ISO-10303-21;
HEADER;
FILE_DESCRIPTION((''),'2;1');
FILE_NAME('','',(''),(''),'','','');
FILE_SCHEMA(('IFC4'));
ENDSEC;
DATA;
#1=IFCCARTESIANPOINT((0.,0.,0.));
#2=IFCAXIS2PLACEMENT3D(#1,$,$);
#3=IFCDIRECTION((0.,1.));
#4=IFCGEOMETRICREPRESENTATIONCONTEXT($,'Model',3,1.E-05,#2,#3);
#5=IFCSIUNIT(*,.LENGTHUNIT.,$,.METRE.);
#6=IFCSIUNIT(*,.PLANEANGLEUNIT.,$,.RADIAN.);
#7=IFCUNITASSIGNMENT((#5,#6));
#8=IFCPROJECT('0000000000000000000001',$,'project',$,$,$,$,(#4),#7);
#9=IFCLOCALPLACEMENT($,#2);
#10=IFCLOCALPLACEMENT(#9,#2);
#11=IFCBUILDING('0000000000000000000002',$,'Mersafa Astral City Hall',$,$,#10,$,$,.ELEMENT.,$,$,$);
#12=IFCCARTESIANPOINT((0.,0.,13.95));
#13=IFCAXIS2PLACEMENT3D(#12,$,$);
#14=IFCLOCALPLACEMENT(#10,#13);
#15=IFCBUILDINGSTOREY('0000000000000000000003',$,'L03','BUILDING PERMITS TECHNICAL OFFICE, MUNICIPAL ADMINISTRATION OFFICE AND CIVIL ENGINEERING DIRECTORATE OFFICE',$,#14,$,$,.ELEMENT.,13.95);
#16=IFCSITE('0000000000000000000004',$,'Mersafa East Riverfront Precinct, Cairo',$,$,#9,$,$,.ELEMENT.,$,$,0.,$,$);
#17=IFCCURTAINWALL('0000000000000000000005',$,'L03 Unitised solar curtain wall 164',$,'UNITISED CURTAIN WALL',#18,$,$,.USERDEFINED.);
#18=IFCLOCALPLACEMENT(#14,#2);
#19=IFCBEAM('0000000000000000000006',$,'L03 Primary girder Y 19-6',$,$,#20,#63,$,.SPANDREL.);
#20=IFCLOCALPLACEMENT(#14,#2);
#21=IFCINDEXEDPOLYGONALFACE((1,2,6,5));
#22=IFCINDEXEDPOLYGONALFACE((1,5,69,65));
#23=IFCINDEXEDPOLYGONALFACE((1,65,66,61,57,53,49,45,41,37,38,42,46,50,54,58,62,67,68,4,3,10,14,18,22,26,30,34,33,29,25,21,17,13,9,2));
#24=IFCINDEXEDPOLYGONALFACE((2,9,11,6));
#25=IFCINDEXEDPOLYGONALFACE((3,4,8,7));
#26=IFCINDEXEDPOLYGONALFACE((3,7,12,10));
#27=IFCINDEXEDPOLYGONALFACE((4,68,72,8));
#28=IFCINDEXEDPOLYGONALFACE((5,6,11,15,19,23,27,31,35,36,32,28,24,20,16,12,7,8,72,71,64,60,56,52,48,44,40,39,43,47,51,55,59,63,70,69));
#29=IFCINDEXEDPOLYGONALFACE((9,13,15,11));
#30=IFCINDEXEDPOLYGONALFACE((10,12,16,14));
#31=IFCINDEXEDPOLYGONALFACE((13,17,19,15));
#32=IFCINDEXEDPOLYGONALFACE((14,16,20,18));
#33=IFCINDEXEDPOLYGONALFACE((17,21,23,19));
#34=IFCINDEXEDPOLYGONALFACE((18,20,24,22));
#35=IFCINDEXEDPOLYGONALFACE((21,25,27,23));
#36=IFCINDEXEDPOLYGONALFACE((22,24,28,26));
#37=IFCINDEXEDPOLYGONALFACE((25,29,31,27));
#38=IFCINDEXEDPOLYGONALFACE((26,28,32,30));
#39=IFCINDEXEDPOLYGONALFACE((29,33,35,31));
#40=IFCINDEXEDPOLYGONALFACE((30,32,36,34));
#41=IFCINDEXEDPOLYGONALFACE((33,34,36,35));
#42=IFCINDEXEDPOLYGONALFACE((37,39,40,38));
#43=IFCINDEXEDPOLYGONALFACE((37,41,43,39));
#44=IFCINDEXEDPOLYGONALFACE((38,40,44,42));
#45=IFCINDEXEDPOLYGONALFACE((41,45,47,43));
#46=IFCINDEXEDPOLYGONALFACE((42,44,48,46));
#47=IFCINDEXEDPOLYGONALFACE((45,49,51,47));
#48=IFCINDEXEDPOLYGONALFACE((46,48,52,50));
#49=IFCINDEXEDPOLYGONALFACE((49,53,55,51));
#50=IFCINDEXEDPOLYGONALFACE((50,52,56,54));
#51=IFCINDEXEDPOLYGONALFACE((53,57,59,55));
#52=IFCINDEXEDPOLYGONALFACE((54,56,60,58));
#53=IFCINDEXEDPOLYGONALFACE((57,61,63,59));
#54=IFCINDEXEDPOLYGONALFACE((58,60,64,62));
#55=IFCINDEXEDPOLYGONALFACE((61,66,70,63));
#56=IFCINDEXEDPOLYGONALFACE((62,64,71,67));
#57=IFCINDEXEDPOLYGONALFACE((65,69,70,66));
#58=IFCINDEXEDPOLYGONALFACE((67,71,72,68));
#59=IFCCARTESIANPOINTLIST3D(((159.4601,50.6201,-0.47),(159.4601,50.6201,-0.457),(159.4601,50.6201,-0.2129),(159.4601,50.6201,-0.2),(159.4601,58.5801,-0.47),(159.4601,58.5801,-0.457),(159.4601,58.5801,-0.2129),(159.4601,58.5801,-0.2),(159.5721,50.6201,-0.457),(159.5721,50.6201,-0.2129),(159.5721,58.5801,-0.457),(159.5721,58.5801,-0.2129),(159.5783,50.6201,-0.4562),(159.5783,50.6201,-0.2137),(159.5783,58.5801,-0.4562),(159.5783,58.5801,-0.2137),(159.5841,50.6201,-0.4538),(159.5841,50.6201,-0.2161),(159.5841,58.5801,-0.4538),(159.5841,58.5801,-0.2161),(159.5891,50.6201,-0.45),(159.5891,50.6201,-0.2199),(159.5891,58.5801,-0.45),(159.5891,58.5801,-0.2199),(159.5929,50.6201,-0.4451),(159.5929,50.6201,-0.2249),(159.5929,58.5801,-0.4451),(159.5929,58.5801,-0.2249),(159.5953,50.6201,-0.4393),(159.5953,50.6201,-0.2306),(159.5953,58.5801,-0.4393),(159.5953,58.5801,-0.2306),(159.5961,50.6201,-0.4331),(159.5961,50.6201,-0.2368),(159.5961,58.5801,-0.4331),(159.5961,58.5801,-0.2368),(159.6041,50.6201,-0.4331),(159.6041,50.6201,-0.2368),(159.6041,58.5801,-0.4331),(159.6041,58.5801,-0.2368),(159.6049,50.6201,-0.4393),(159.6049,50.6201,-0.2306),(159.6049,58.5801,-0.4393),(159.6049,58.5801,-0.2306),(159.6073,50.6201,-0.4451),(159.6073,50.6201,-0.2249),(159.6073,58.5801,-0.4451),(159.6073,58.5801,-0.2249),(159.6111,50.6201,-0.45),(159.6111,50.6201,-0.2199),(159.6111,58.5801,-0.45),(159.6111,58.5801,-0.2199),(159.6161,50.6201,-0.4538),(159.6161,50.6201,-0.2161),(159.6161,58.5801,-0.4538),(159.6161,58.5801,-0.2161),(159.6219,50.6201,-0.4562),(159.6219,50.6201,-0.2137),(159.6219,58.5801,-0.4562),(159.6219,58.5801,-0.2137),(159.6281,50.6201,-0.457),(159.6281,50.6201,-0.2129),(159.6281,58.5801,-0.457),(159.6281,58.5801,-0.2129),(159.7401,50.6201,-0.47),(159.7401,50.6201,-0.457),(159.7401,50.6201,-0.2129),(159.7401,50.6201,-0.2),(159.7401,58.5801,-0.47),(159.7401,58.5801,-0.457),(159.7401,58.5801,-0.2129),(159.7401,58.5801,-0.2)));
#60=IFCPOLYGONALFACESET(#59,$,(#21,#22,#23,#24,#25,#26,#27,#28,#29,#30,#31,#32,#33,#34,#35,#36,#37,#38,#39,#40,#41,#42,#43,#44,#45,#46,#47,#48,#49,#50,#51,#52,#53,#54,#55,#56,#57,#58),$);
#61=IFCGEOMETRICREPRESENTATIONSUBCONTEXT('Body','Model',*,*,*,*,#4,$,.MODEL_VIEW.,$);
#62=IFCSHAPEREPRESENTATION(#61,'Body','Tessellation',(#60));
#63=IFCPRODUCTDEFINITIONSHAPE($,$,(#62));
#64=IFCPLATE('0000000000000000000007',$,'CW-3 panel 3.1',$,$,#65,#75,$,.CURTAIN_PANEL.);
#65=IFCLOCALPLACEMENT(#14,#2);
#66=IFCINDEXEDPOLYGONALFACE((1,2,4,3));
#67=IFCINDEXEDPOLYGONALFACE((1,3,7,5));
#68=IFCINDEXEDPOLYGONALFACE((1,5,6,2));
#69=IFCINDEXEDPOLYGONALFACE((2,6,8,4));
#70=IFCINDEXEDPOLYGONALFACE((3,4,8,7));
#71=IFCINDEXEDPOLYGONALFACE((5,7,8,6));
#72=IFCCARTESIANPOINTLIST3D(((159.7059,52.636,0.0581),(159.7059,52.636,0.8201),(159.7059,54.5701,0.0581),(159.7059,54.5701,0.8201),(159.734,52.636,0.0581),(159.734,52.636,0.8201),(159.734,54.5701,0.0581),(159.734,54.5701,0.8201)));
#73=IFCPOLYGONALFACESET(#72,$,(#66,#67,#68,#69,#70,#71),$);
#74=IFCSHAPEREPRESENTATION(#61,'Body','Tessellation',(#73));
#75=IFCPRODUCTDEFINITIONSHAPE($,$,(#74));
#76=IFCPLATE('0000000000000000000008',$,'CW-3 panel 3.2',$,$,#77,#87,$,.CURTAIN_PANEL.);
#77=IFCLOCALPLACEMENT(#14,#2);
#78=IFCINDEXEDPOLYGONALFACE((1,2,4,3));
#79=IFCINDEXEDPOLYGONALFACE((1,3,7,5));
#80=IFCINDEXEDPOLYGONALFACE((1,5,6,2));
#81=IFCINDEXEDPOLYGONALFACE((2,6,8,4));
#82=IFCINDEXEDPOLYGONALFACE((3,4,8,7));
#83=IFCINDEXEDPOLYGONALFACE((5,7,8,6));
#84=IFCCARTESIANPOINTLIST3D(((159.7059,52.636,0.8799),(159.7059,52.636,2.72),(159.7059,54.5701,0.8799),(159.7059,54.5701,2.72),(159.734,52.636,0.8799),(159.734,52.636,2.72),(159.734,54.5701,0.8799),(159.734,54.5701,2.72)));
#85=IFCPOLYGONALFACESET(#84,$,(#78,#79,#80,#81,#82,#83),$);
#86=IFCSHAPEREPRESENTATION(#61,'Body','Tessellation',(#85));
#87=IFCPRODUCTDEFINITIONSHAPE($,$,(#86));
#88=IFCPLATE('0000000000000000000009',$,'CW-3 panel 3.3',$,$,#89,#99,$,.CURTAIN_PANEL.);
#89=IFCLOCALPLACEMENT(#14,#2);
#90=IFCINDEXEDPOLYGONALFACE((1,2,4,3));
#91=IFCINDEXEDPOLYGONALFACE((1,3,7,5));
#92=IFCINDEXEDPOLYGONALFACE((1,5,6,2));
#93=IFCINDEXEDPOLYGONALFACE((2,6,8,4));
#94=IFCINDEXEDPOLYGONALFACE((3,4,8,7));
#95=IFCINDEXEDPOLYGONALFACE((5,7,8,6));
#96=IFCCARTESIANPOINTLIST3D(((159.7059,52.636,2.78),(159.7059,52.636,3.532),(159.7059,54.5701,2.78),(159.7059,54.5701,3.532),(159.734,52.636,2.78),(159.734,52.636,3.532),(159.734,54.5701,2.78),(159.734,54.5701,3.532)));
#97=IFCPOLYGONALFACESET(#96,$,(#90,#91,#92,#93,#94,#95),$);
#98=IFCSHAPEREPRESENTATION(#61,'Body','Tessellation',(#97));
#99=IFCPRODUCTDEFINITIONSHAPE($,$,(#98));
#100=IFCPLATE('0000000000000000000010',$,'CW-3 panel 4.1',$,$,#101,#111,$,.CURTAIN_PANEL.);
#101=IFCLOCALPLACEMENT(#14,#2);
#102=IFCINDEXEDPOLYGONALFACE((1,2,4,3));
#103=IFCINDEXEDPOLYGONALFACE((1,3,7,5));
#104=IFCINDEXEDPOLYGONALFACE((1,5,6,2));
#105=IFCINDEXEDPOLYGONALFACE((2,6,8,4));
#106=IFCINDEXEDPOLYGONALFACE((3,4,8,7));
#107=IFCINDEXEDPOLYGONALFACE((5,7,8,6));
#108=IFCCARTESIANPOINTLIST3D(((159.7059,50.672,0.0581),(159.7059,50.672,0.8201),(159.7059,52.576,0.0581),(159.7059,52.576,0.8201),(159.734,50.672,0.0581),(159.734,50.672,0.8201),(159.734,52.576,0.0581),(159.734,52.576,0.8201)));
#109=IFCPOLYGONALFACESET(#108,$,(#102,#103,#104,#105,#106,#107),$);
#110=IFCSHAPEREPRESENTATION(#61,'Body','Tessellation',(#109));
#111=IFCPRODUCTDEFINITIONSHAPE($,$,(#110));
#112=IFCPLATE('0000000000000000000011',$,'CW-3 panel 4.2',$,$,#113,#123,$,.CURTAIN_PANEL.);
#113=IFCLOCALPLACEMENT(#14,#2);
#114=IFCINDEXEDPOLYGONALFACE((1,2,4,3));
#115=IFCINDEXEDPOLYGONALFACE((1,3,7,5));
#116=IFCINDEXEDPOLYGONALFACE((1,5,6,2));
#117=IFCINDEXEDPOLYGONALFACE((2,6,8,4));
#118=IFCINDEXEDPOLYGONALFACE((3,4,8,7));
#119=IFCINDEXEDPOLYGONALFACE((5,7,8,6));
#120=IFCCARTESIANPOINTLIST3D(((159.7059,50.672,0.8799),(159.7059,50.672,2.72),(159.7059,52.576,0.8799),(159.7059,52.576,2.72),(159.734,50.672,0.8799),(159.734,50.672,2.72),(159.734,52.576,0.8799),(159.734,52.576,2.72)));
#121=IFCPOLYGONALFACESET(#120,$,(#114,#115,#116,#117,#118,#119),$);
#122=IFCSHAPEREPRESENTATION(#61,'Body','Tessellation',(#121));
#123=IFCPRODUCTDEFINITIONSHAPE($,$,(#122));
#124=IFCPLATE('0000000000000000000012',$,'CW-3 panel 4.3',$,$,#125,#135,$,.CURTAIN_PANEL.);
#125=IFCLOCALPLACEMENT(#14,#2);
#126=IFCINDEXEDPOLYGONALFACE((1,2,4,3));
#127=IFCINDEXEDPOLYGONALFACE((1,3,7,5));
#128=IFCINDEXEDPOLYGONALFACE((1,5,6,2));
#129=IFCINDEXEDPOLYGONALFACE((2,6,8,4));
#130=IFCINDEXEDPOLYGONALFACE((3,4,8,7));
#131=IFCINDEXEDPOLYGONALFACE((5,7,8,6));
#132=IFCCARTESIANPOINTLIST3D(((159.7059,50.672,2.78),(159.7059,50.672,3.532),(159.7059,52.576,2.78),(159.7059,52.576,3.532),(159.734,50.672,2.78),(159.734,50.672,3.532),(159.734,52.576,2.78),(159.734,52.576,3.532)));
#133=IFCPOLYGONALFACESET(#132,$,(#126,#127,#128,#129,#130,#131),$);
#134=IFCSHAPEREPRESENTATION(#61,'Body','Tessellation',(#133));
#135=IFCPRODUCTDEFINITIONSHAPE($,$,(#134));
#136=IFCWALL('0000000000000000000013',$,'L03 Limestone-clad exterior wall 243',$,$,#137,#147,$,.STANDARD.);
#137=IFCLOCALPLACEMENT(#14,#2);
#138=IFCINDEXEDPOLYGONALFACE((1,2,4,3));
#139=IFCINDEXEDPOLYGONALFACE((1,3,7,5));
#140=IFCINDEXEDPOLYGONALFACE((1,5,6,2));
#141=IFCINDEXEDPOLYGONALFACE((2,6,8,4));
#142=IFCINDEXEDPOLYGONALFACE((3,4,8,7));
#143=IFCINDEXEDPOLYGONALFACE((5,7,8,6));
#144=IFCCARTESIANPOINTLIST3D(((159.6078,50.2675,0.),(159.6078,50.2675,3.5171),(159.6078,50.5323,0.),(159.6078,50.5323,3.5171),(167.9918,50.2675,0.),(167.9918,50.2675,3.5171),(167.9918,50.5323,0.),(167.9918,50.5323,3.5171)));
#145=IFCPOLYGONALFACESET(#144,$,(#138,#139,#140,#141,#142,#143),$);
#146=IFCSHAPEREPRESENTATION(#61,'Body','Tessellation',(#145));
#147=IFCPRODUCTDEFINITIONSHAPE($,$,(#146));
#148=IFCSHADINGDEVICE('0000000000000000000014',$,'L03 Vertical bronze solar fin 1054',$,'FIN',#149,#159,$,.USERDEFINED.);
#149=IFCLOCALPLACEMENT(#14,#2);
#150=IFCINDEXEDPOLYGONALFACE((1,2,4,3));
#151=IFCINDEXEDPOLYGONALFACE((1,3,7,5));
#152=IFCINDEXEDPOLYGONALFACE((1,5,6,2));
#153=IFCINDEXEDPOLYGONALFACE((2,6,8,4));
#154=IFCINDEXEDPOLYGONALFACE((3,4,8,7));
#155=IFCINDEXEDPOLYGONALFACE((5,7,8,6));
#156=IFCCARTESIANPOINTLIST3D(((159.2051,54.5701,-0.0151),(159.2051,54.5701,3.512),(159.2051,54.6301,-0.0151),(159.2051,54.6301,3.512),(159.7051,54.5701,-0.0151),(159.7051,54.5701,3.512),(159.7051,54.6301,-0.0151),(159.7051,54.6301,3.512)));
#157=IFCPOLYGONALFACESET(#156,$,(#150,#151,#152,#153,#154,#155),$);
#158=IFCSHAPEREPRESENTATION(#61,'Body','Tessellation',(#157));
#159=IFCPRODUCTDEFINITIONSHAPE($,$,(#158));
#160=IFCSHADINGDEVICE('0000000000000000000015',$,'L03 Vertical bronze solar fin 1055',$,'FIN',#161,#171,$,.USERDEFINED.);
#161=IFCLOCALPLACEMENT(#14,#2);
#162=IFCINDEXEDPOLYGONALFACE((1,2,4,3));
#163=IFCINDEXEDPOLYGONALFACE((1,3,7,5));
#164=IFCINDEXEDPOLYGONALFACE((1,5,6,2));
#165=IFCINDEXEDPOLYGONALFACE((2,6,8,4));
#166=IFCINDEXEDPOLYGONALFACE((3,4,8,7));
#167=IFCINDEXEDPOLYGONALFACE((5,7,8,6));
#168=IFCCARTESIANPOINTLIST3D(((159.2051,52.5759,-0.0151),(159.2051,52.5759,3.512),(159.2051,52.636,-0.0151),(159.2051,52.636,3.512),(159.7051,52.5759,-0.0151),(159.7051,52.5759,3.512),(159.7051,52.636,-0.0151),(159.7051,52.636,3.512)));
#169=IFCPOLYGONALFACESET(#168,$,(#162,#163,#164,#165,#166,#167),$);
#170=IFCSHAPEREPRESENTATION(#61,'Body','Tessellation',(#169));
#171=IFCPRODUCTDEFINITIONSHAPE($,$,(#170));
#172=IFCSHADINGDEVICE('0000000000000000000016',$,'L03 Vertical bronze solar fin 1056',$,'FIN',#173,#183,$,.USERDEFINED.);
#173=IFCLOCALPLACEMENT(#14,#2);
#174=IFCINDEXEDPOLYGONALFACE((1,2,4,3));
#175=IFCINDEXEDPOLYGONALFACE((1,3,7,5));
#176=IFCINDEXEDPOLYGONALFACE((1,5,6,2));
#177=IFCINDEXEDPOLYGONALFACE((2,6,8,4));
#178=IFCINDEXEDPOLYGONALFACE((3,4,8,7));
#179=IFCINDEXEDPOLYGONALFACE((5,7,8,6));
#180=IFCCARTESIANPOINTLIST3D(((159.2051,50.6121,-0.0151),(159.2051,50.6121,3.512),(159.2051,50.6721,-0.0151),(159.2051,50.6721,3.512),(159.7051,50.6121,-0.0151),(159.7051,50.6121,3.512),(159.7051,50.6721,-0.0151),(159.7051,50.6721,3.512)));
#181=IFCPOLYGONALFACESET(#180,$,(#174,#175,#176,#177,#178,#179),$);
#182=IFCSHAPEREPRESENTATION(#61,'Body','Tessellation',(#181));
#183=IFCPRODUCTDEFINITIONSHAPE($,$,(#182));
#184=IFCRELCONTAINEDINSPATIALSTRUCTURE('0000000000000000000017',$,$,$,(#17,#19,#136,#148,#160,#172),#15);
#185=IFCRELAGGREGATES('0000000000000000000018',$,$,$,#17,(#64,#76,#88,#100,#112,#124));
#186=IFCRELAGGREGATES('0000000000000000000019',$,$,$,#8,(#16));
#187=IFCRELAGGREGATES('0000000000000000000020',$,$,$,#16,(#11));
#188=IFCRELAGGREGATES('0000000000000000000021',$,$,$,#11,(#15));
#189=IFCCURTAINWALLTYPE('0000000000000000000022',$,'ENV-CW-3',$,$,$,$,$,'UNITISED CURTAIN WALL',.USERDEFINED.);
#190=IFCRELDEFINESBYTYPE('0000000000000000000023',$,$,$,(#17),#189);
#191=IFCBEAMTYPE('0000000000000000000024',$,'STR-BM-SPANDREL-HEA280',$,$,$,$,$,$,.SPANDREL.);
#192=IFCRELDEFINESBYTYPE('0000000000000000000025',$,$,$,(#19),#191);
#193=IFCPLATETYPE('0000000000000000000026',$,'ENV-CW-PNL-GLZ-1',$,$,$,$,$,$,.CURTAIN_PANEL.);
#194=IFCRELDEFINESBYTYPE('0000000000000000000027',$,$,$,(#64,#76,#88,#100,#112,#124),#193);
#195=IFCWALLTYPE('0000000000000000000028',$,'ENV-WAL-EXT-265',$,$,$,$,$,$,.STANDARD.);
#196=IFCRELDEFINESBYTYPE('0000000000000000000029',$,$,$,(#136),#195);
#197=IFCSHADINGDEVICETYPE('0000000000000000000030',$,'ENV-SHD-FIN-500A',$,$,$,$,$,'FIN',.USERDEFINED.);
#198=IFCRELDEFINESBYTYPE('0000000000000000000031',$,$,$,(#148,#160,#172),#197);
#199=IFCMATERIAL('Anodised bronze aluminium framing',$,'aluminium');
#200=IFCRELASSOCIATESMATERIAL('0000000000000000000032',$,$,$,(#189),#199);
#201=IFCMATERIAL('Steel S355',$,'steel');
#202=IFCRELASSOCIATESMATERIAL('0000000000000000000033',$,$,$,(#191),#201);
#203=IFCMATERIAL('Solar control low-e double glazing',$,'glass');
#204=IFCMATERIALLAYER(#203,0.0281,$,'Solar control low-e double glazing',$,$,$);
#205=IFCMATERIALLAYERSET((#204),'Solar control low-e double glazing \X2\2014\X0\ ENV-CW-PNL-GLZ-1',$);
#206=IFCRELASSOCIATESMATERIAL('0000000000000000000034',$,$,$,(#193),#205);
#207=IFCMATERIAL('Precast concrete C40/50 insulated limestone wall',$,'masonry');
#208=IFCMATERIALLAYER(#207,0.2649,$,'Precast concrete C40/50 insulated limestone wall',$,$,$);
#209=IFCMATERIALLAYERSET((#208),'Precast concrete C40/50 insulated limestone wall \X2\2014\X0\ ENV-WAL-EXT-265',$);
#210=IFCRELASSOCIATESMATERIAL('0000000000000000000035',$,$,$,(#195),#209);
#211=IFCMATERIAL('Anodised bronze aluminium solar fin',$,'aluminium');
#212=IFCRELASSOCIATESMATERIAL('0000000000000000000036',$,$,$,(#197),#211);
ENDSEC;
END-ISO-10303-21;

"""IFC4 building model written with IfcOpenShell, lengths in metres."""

from ifc_helpers import new_model, si_unit, direction, frame, frame_2d, origin, origin_2d, place, context, subcontext, project, spatial, rectangle, i_section, extrude, material, layer, layer_set, material_profile, profile_set, type_object, element, aggregate, save


model = new_model("IFC4")

# Units and contexts
model_context = context("Model", 3, precision=1e-05, world=origin(), true_north=direction((0.0, 1.0)))
body_context = subcontext(model_context, "Body", "Model", "MODEL_VIEW")
ifc_project = project(units=[si_unit("LENGTHUNIT", "METRE"), si_unit("PLANEANGLEUNIT", "RADIAN")], contexts=[model_context])

# Site, building, storey
site_placement = place(None, origin())
site = spatial("IfcSite", under=ifc_project, at=site_placement, Name="Mersafa East Riverfront Precinct, Cairo", CompositionType="ELEMENT", RefElevation=0.0)
building_placement = place(site_placement, origin())
building = spatial("IfcBuilding", under=site, at=building_placement, Name="Mersafa Astral City Hall", CompositionType="ELEMENT")
storey_placement = place(building_placement, frame((0.0, 0.0, 13.95)))
storey = spatial("IfcBuildingStorey", under=building, at=storey_placement, Name="L03", Description="BUILDING PERMITS TECHNICAL OFFICE, MUNICIPAL ADMINISTRATION OFFICE AND CIVIL ENGINEERING DIRECTORATE OFFICE", CompositionType="ELEMENT", Elevation=13.95)

# Curtain wall
ifc_material_1 = material(Name="Anodised bronze aluminium framing", Category="aluminium")
curtain_wall_type = type_object("IfcCurtainWallType", Name="ENV-CW-3", ElementType="UNITISED CURTAIN WALL", PredefinedType="USERDEFINED", material=ifc_material_1)
curtain_wall_placement = place(storey_placement, origin())
curtain_wall = element("IfcCurtainWall", 1, at=curtain_wall_placement, inside=storey, type_object=curtain_wall_type, Name="L03 Unitised solar curtain wall 164", ObjectType="UNITISED CURTAIN WALL", PredefinedType="USERDEFINED")

# Beam
ifc_material_2 = material(Name="Steel S355", Category="steel")
ifc_material_profile_1 = material_profile(ifc_material_2, i_section(OverallWidth=0.28, OverallDepth=0.27, WebThickness=0.0081, FlangeThickness=0.0129, FilletRadius=0.0239, at=origin_2d()), Name="HEA 280")
ifc_profile_set_1 = profile_set([ifc_material_profile_1], Name="Steel S355")
beam_type = type_object("IfcBeamType", Name="STR-BM-SPANDREL-HEA280", PredefinedType="SPANDREL", material=ifc_profile_set_1)
beam_placement = place(storey_placement, frame((159.6001, 50.6201, -0.335), z_axis=(0.0, 1.0, 0.0), x_axis=(-1.0, 0.0, 0.0)))
element("IfcBeam", 2, at=beam_placement, inside=storey, type_object=beam_type, Name="L03 Primary girder Y 19-6", PredefinedType="SPANDREL", context=body_context, shape_type="SweptSolid", body=[
    extrude(i_section(OverallWidth=0.28, OverallDepth=0.27, WebThickness=0.0081, FlangeThickness=0.0129, FilletRadius=0.0239, at=origin_2d()), origin(), (0.0, 0.0, 1.0), 7.96),
])

# Plates
ifc_material_3 = material(Name="Solar control low-e double glazing", Category="glass")
ifc_layer_1 = layer(ifc_material_3, 0.0281, Name="Solar control low-e double glazing")
ifc_layer_set_1 = layer_set([ifc_layer_1], Name="Solar control low-e double glazing — ENV-CW-PNL-GLZ-1")
plate_type = type_object("IfcPlateType", Name="ENV-CW-PNL-GLZ-1", PredefinedType="CURTAIN_PANEL", material=ifc_layer_set_1)
plate_1_placement = place(storey_placement, frame((159.72, 53.603, 0.0581), z_axis=(0.0, 0.0, 1.0), x_axis=(0.0, -1.0, 0.0)))
plate_1 = element("IfcPlate", 3, at=plate_1_placement, type_object=plate_type, Name="CW-3 panel 3.1", PredefinedType="CURTAIN_PANEL", context=body_context, shape_type="SweptSolid", body=[
    extrude(rectangle(XDim=1.9341, YDim=0.0281, at=origin_2d()), origin(), (0.0, 0.0, 1.0), 0.762),
])
plate_2_placement = place(storey_placement, frame((159.72, 53.603, 0.8799), z_axis=(0.0, 0.0, 1.0), x_axis=(0.0, -1.0, 0.0)))
plate_2 = element("IfcPlate", 4, at=plate_2_placement, type_object=plate_type, Name="CW-3 panel 3.2", PredefinedType="CURTAIN_PANEL", context=body_context, shape_type="SweptSolid", body=[
    extrude(rectangle(XDim=1.9341, YDim=0.0281, at=origin_2d()), origin(), (0.0, 0.0, 1.0), 1.8401),
])
plate_3_placement = place(storey_placement, frame((159.72, 53.603, 2.78), z_axis=(0.0, 0.0, 1.0), x_axis=(0.0, -1.0, 0.0)))
plate_3 = element("IfcPlate", 5, at=plate_3_placement, type_object=plate_type, Name="CW-3 panel 3.3", PredefinedType="CURTAIN_PANEL", context=body_context, shape_type="SweptSolid", body=[
    extrude(rectangle(XDim=1.9341, YDim=0.0281, at=origin_2d()), origin(), (0.0, 0.0, 1.0), 0.752),
])
plate_4_placement = place(storey_placement, frame((159.72, 51.624, 0.0581), z_axis=(0.0, 0.0, 1.0), x_axis=(0.0, -1.0, 0.0)))
plate_4 = element("IfcPlate", 6, at=plate_4_placement, type_object=plate_type, Name="CW-3 panel 4.1", PredefinedType="CURTAIN_PANEL", context=body_context, shape_type="SweptSolid", body=[
    extrude(rectangle(XDim=1.9041, YDim=0.0281, at=origin_2d()), origin(), (0.0, 0.0, 1.0), 0.762),
])
plate_5_placement = place(storey_placement, frame((159.72, 51.624, 0.8799), z_axis=(0.0, 0.0, 1.0), x_axis=(0.0, -1.0, 0.0)))
plate_5 = element("IfcPlate", 7, at=plate_5_placement, type_object=plate_type, Name="CW-3 panel 4.2", PredefinedType="CURTAIN_PANEL", context=body_context, shape_type="SweptSolid", body=[
    extrude(rectangle(XDim=1.9041, YDim=0.0281, at=origin_2d()), origin(), (0.0, 0.0, 1.0), 1.8401),
])
plate_6_placement = place(storey_placement, frame((159.72, 51.624, 2.78), z_axis=(0.0, 0.0, 1.0), x_axis=(0.0, -1.0, 0.0)))
plate_6 = element("IfcPlate", 8, at=plate_6_placement, type_object=plate_type, Name="CW-3 panel 4.3", PredefinedType="CURTAIN_PANEL", context=body_context, shape_type="SweptSolid", body=[
    extrude(rectangle(XDim=1.9041, YDim=0.0281, at=origin_2d()), origin(), (0.0, 0.0, 1.0), 0.752),
])
aggregate(curtain_wall, [plate_1, plate_2, plate_3, plate_4, plate_5, plate_6])

# Wall
ifc_material_4 = material(Name="Precast concrete C40/50 insulated limestone wall", Category="masonry")
ifc_layer_2 = layer(ifc_material_4, 0.2649, Name="Precast concrete C40/50 insulated limestone wall")
ifc_layer_set_2 = layer_set([ifc_layer_2], Name="Precast concrete C40/50 insulated limestone wall — ENV-WAL-EXT-265")
wall_type = type_object("IfcWallType", Name="ENV-WAL-EXT-265", PredefinedType="STANDARD", material=ifc_layer_set_2)
wall_placement = place(storey_placement, frame((159.6079, 50.3999, 0.0), z_axis=(0.0, 0.0, 1.0), x_axis=(1.0, 0.0, 0.0)))
element("IfcWall", 9, at=wall_placement, inside=storey, type_object=wall_type, Name="L03 Limestone-clad exterior wall 243", PredefinedType="STANDARD", context=body_context, shape_type="SweptSolid", body=[
    extrude(rectangle(XDim=8.384, YDim=0.2649, at=frame_2d((4.1919, 0.0))), origin(), (0.0, 0.0, 1.0), 3.5171),
])

# Shading devices
ifc_material_5 = material(Name="Anodised bronze aluminium solar fin", Category="aluminium")
shading_device_type = type_object("IfcShadingDeviceType", Name="ENV-SHD-FIN-500A", ElementType="FIN", PredefinedType="USERDEFINED", material=ifc_material_5)
for number, where, z_axis, x_axis, name in (
    (10, (159.4551, 54.6001, -0.0151), (0.0, 0.0, 1.0), (0.0, -1.0, 0.0), "L03 Vertical bronze solar fin 1054"),
    (11, (159.4551, 52.606, -0.0151), (0.0, 0.0, 1.0), (0.0, -1.0, 0.0), "L03 Vertical bronze solar fin 1055"),
    (12, (159.4551, 50.6421, -0.0151), (0.0, 0.0, 1.0), (0.0, -1.0, 0.0), "L03 Vertical bronze solar fin 1056"),
):
    element("IfcShadingDevice", number, at=place(storey_placement, frame(where, z_axis=z_axis, x_axis=x_axis)), inside=storey, type_object=shading_device_type, Name=name, ObjectType="FIN", PredefinedType="USERDEFINED", context=body_context, shape_type="SweptSolid", body=[
        extrude(rectangle(XDim=0.0601, YDim=0.5, at=origin_2d()), origin(), (0.0, 0.0, 1.0), 3.5271),
    ])

save(model, "model.ifc")
